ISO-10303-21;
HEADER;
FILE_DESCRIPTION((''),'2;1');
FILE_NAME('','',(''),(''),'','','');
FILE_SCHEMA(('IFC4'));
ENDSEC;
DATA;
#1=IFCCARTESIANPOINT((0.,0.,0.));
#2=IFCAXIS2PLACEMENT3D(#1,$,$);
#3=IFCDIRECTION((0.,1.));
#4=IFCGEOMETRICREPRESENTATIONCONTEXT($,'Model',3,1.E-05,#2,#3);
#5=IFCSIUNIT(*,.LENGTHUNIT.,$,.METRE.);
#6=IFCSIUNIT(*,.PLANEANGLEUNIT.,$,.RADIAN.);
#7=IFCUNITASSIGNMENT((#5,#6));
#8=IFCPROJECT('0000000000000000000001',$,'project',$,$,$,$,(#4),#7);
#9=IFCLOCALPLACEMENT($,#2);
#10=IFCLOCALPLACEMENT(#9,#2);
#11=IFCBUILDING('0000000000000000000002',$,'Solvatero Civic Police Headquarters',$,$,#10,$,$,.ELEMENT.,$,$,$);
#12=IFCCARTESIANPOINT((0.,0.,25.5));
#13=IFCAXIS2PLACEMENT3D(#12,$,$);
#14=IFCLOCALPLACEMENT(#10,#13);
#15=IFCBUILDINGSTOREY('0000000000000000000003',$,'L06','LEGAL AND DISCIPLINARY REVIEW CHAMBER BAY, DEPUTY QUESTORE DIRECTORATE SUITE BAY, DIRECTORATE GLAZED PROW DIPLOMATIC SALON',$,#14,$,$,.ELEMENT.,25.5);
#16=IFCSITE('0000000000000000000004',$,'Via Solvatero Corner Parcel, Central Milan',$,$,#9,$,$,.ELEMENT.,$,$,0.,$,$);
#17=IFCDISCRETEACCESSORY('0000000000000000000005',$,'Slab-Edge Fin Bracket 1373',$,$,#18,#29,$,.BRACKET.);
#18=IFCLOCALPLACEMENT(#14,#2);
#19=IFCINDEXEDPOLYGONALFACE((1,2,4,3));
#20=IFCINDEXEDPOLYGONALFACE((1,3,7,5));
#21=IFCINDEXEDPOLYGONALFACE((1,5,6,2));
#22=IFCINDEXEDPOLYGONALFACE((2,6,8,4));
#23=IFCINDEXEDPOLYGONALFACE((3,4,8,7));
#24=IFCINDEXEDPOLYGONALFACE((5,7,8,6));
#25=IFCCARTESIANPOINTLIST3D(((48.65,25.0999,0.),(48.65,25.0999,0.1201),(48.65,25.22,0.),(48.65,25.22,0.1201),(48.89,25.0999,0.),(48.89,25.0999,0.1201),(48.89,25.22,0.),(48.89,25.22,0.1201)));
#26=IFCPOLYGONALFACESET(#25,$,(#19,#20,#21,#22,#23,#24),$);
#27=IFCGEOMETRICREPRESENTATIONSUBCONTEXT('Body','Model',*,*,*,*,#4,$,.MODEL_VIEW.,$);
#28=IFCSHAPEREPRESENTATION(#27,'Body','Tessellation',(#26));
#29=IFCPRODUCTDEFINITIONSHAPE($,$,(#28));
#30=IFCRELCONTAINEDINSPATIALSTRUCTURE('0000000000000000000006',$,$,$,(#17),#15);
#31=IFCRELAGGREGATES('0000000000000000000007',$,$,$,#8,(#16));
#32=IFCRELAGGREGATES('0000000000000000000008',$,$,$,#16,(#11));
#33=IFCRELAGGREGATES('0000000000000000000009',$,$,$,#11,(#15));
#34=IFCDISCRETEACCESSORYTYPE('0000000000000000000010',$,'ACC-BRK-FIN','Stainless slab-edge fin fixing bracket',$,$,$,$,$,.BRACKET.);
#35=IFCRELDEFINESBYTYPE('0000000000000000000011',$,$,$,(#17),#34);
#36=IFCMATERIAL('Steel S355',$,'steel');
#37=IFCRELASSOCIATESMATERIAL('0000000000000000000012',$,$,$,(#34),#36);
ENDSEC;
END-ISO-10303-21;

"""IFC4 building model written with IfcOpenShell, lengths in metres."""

from ifc_helpers import new_model, si_unit, direction, frame, origin, origin_2d, place, context, subcontext, project, spatial, rectangle, extrude, material, type_object, element, save


model = new_model("IFC4")

# Units and contexts
model_context = context("Model", 3, precision=1e-05, world=origin(), true_north=direction((0.0, 1.0)))
body_context = subcontext(model_context, "Body", "Model", "MODEL_VIEW")
ifc_project = project(units=[si_unit("LENGTHUNIT", "METRE"), si_unit("PLANEANGLEUNIT", "RADIAN")], contexts=[model_context])

# Site, building, storey
site_placement = place(None, origin())
site = spatial("IfcSite", under=ifc_project, at=site_placement, Name="Via Solvatero Corner Parcel, Central Milan", CompositionType="ELEMENT", RefElevation=0.0)
building_placement = place(site_placement, origin())
building = spatial("IfcBuilding", under=site, at=building_placement, Name="Solvatero Civic Police Headquarters", CompositionType="ELEMENT")
storey_placement = place(building_placement, frame((0.0, 0.0, 25.5)))
storey = spatial("IfcBuildingStorey", under=building, at=storey_placement, Name="L06", Description="LEGAL AND DISCIPLINARY REVIEW CHAMBER BAY, DEPUTY QUESTORE DIRECTORATE SUITE BAY, DIRECTORATE GLAZED PROW DIPLOMATIC SALON", CompositionType="ELEMENT", Elevation=25.5)

# Shared definitions
ifc_material_1 = material(Name="Steel S355", Category="steel")

# Discrete accessory
discrete_accessory_type = type_object("IfcDiscreteAccessoryType", Name="ACC-BRK-FIN", Description="Stainless slab-edge fin fixing bracket", PredefinedType="BRACKET", material=ifc_material_1)
for number, where, z_axis, x_axis, name in (
    (1, (48.77, 25.1599, 0.0), (0.0, 0.0, 1.0), (0.0, 1.0, 0.0), "Slab-Edge Fin Bracket 1373"),
):
    element("IfcDiscreteAccessory", number, at=place(storey_placement, frame(where, z_axis=z_axis, x_axis=x_axis)), inside=storey, type_object=discrete_accessory_type, Name=name, PredefinedType="BRACKET", context=body_context, shape_type="SweptSolid", body=[
        extrude(rectangle(XDim=0.1201, YDim=0.24, at=origin_2d()), origin(), (0.0, 0.0, 1.0), 0.1201),
    ])

save(model, "model.ifc")
